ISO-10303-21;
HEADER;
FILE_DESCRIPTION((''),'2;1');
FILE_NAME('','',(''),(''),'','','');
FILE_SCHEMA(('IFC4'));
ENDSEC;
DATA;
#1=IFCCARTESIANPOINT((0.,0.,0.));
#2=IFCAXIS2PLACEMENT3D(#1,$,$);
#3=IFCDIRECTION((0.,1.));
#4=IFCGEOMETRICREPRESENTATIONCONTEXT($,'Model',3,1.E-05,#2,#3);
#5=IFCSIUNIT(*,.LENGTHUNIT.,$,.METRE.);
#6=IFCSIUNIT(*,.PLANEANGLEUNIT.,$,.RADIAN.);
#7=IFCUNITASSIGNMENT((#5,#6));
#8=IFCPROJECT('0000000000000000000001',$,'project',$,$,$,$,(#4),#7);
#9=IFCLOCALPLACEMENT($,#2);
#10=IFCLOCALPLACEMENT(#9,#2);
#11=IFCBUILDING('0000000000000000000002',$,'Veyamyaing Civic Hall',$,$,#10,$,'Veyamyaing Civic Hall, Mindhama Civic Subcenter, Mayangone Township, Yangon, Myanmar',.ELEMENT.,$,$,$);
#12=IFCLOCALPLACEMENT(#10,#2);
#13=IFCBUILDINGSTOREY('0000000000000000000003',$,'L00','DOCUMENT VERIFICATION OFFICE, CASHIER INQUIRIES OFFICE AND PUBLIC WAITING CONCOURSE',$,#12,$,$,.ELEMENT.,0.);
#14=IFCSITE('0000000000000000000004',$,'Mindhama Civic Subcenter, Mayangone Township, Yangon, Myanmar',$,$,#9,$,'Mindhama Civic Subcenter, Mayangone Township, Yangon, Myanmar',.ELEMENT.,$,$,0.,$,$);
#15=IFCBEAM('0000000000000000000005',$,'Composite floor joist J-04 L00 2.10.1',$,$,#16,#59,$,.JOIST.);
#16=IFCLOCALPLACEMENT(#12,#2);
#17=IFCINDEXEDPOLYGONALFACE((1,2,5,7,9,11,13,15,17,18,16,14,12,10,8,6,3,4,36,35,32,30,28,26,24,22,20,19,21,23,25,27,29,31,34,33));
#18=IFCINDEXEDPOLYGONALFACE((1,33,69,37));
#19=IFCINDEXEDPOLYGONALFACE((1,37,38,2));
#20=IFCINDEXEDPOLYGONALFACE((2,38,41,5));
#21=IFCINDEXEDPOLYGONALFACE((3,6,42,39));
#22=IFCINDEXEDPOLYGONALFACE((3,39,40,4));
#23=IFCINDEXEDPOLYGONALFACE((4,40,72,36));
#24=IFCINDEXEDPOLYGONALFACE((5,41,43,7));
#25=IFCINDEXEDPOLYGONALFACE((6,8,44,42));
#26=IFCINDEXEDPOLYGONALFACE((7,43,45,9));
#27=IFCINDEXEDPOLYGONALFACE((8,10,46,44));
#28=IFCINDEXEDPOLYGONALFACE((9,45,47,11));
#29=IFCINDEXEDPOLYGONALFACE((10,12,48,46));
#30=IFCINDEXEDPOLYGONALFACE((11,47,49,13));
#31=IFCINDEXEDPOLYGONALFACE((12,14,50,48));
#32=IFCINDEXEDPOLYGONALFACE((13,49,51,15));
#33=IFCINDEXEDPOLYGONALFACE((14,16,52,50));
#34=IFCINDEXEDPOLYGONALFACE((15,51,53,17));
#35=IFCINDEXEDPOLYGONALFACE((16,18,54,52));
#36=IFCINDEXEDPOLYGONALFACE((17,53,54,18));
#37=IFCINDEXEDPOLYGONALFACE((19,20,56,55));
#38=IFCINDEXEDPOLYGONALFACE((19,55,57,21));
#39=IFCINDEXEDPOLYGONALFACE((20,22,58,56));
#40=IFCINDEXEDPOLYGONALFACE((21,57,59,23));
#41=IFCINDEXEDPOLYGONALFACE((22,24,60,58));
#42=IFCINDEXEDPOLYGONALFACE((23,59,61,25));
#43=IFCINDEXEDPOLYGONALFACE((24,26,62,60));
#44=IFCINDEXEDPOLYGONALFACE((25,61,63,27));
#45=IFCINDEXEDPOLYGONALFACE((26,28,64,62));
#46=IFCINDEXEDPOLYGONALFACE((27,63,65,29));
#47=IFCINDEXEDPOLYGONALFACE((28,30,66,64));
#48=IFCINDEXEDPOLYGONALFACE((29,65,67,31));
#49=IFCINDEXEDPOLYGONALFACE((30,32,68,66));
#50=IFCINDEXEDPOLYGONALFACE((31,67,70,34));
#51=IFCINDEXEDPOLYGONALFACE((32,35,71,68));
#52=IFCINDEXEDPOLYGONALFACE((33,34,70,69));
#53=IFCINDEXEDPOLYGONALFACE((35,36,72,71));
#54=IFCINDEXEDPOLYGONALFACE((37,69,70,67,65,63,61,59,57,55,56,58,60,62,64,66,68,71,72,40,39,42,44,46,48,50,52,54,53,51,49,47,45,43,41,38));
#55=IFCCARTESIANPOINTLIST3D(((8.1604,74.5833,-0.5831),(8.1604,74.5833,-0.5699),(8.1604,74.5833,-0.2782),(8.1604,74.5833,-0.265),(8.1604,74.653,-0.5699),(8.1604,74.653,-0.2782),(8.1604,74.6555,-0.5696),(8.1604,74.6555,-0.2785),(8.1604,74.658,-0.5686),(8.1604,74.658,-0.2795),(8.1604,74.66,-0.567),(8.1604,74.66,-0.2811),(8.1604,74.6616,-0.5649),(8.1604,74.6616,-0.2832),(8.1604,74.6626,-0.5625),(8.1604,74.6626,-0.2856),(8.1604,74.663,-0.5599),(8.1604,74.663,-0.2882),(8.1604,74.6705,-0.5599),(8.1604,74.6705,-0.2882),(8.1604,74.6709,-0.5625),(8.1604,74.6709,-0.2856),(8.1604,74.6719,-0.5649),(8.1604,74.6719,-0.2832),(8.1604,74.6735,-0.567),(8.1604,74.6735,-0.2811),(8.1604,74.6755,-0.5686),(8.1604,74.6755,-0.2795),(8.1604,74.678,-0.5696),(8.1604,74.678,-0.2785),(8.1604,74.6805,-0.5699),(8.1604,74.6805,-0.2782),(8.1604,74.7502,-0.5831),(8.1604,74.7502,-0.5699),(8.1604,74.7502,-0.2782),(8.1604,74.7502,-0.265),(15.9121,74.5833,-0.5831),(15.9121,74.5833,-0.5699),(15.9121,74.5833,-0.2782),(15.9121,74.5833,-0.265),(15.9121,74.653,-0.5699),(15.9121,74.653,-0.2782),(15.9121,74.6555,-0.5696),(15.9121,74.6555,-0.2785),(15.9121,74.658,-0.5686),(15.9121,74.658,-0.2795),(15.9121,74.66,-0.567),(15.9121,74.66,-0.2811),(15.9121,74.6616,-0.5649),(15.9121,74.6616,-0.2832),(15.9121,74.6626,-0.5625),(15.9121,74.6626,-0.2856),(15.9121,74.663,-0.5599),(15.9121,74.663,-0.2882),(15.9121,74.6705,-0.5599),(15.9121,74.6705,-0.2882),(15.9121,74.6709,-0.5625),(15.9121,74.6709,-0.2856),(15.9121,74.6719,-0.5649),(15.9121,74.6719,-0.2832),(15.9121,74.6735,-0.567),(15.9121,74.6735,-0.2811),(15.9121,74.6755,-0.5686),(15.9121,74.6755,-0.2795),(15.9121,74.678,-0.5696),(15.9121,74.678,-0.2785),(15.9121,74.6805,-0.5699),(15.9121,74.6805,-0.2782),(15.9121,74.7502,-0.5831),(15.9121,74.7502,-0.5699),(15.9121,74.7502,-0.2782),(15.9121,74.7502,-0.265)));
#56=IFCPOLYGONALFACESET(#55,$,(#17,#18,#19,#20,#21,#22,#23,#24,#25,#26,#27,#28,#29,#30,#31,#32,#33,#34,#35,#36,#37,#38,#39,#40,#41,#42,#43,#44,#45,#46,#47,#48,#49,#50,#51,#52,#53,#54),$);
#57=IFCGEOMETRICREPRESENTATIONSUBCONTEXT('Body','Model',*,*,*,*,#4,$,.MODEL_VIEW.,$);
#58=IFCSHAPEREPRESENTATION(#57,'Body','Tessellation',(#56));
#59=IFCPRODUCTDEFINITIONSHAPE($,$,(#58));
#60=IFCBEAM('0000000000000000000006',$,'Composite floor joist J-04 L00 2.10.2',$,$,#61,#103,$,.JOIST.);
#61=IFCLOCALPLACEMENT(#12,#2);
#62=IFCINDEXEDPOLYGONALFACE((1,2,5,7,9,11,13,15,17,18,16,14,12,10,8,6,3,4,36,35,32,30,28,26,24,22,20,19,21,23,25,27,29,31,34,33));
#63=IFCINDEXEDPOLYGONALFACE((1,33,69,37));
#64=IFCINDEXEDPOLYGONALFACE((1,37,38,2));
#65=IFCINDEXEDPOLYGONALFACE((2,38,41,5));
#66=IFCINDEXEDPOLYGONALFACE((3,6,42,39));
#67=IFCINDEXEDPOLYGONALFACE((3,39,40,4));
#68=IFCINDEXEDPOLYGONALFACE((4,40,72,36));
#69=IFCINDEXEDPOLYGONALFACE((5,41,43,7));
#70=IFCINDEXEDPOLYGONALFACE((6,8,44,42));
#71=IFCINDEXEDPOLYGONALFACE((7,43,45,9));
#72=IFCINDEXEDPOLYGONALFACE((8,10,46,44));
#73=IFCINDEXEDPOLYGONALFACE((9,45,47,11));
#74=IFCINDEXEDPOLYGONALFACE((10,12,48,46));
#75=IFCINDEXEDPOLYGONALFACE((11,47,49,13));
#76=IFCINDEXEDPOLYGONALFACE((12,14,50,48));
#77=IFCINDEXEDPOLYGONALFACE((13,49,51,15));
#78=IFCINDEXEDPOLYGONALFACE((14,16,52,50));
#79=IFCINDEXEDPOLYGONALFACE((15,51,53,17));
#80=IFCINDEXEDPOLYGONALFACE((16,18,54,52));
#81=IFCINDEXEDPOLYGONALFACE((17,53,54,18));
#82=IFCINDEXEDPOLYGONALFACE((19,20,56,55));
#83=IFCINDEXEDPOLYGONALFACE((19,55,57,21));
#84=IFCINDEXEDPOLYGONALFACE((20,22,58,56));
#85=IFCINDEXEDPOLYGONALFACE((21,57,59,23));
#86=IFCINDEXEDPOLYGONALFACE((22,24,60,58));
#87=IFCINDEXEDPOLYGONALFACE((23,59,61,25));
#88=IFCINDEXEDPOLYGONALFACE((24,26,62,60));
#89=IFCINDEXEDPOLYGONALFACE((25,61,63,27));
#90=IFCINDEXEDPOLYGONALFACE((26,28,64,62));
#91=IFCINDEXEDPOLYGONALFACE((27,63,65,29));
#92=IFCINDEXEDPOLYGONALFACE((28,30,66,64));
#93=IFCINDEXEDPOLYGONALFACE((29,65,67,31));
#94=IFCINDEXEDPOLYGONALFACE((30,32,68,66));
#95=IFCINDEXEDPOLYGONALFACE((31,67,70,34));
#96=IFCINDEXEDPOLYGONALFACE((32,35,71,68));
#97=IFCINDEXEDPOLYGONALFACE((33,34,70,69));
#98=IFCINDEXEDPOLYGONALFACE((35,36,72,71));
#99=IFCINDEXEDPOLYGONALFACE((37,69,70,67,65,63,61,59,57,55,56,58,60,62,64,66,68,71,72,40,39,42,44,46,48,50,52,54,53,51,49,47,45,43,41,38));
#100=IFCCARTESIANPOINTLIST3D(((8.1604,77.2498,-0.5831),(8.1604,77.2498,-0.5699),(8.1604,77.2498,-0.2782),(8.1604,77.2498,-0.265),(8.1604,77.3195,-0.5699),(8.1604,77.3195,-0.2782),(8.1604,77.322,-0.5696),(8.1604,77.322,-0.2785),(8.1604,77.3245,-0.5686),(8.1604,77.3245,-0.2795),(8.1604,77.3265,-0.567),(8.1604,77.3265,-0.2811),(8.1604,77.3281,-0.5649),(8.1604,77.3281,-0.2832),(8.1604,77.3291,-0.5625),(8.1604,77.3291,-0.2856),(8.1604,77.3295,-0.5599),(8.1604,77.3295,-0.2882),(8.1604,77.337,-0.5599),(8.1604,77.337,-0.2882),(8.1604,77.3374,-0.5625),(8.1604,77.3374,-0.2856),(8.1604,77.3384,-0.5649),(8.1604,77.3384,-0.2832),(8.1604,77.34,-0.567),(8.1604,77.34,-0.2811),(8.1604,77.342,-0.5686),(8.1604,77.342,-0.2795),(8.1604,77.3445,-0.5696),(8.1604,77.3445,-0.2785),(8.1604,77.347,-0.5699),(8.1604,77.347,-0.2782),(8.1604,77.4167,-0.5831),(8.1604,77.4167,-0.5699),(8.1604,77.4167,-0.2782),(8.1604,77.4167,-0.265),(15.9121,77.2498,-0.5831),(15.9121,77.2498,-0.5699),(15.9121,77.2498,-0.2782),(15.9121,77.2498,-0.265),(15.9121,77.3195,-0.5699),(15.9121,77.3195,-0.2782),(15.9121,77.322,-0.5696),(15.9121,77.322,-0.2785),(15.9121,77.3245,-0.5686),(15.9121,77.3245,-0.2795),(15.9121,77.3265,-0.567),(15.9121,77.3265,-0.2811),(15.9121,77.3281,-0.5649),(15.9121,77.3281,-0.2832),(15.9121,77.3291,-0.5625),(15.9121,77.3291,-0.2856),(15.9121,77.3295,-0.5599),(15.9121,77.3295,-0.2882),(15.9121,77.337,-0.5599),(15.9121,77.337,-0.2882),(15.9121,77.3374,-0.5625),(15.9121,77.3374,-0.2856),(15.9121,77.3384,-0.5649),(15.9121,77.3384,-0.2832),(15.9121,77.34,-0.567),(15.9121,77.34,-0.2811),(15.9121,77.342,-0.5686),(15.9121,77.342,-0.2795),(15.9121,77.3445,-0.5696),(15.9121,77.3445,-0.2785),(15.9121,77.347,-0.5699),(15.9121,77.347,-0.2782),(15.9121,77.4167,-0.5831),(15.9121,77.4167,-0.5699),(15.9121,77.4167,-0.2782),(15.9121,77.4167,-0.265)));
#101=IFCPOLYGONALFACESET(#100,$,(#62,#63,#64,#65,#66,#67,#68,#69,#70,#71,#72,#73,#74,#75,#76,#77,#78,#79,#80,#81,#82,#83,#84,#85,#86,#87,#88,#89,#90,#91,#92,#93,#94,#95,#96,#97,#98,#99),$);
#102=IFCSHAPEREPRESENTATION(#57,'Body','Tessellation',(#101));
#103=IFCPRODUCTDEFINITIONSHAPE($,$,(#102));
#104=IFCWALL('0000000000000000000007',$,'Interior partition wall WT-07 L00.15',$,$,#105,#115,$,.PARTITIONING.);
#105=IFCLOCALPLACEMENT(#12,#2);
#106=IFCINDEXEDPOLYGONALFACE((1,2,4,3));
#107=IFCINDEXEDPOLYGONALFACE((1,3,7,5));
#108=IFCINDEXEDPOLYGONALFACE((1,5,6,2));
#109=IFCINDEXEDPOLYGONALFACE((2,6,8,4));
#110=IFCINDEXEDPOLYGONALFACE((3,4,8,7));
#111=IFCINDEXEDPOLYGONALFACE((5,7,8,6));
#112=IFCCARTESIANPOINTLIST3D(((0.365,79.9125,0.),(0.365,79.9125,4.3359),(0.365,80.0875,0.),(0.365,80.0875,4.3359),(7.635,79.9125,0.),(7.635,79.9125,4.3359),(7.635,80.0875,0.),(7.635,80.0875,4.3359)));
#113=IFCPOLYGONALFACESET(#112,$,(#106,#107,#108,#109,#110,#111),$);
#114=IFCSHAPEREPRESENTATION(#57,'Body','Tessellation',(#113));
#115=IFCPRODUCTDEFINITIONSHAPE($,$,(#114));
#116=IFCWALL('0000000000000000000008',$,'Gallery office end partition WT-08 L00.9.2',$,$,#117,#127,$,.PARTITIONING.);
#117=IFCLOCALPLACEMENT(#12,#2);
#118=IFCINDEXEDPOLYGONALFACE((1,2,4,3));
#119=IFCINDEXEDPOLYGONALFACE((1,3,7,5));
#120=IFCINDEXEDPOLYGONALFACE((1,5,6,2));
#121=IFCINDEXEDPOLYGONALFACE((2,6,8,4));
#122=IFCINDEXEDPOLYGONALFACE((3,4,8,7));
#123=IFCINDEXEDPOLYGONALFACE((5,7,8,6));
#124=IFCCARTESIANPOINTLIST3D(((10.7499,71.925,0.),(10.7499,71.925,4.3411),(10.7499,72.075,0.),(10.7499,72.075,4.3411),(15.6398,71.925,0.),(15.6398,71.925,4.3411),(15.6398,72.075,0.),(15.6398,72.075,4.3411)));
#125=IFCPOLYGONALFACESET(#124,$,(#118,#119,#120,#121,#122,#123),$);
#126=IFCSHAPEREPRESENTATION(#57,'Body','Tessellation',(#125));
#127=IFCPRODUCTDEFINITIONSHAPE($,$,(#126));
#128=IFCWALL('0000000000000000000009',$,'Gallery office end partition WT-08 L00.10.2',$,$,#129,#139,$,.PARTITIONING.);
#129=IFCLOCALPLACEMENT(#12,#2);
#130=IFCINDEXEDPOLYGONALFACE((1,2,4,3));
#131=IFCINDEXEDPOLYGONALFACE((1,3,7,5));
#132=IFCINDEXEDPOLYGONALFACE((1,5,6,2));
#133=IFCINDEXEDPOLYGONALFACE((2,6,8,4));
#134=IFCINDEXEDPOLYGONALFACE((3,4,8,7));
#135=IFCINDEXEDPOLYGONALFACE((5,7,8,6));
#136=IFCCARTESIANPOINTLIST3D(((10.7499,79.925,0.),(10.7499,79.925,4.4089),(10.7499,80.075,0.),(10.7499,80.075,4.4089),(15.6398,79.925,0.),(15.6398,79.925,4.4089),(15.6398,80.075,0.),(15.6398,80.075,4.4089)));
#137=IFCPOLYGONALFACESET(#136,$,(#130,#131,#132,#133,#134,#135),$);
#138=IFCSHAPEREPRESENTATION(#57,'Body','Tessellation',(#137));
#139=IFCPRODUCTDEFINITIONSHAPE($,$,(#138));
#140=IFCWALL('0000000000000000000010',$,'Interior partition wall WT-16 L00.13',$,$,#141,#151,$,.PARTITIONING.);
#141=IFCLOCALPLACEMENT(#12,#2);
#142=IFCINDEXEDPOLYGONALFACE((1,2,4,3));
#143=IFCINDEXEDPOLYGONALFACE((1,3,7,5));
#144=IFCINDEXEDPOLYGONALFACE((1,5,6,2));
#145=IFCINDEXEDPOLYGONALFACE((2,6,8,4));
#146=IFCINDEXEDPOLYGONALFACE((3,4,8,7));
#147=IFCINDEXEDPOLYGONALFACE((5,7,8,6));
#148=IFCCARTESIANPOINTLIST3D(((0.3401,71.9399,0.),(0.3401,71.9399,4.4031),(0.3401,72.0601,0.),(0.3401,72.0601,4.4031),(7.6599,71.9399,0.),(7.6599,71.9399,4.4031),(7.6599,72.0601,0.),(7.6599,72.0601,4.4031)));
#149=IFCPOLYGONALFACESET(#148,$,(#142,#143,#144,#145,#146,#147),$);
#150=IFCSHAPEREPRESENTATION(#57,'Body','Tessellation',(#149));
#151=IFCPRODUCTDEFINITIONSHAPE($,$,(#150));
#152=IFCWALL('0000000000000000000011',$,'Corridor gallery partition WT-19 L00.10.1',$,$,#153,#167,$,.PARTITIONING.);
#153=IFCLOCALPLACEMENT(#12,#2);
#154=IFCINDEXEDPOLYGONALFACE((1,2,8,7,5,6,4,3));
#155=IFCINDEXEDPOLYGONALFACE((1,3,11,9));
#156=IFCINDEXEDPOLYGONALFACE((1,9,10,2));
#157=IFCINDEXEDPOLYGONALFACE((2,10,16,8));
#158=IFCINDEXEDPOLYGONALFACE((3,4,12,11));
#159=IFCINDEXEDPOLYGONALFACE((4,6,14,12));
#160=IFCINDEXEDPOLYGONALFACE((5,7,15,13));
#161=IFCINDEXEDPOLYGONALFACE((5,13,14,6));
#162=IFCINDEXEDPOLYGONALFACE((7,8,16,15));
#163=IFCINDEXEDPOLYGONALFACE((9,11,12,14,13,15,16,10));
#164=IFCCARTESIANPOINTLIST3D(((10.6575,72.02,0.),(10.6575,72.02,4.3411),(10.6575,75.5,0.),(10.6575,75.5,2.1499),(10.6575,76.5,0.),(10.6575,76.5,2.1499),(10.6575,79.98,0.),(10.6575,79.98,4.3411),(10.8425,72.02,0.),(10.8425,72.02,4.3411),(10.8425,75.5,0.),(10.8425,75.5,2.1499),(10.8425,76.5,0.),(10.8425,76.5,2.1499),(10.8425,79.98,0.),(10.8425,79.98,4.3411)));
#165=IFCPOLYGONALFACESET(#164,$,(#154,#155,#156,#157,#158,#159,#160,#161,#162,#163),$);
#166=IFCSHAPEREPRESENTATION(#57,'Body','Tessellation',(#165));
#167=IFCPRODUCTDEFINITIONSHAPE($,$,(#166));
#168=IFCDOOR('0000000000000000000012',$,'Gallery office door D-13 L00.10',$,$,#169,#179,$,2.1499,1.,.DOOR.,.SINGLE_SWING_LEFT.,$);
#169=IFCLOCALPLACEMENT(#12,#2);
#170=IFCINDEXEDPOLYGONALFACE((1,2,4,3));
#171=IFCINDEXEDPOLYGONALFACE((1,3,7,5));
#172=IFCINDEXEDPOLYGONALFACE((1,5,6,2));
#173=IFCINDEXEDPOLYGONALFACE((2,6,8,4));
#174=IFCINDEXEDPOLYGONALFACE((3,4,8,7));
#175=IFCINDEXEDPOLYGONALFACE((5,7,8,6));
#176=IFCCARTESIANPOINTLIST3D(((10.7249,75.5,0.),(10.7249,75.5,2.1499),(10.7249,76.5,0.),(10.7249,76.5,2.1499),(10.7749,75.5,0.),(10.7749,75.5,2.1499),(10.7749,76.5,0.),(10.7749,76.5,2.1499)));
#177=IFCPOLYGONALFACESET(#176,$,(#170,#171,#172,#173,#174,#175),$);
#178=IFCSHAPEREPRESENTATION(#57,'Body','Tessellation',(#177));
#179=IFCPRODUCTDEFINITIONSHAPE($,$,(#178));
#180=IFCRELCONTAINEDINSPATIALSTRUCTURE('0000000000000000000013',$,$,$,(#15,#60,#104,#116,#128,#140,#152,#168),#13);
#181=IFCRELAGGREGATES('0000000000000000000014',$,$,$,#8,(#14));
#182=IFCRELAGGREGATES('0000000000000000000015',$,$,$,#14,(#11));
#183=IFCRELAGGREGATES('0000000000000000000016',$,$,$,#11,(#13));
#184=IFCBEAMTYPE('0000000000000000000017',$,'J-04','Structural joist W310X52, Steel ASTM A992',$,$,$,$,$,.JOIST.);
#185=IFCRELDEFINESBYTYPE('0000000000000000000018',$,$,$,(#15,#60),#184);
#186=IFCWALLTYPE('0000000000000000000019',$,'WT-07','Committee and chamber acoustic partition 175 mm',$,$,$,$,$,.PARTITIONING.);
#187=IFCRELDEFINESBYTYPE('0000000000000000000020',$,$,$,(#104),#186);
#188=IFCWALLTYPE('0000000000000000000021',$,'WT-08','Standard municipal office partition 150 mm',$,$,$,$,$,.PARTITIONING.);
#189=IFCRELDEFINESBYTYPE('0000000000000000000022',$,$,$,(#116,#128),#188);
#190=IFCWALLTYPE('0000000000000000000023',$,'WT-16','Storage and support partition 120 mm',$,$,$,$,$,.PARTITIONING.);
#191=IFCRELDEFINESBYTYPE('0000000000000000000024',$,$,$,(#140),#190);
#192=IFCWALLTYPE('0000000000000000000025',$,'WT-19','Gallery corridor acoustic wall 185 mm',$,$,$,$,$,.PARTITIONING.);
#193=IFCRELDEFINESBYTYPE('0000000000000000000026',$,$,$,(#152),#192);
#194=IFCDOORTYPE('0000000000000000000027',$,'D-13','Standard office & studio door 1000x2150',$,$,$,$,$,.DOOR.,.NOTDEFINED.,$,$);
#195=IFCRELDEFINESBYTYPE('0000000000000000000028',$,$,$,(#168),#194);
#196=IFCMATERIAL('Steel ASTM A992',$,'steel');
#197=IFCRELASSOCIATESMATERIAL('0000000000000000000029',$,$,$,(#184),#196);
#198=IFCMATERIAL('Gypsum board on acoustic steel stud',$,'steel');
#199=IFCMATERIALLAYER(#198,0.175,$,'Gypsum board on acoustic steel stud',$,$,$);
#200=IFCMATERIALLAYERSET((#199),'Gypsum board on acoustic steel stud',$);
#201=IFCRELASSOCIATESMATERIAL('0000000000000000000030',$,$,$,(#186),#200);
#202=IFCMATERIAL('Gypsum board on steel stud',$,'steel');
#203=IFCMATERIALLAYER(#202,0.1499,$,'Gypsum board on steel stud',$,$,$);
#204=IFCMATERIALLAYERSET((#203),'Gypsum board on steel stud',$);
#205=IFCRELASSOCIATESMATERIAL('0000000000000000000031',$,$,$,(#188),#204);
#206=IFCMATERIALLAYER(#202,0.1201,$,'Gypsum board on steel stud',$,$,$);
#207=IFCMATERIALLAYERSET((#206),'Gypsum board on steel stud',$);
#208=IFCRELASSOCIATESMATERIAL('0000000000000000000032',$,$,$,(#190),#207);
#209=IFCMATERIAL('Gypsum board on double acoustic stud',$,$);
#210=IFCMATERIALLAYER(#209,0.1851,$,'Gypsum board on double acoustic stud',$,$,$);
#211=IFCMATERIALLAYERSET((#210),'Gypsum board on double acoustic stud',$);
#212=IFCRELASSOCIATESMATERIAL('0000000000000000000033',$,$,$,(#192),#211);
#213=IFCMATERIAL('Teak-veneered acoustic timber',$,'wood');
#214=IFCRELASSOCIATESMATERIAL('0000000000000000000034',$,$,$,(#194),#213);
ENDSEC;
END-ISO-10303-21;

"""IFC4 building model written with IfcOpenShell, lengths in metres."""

from ifc_helpers import new_model, si_unit, direction, frame, frame_2d, origin, origin_2d, place, context, subcontext, project, spatial, rectangle, i_section, extrude, material, layer, layer_set, material_profile, profile_set, type_object, element, fill, save


model = new_model("IFC4")

# Units and contexts
model_context = context("Model", 3, precision=1e-05, world=origin(), true_north=direction((0.0, 1.0)))
body_context = subcontext(model_context, "Body", "Model", "MODEL_VIEW")
ifc_project = project(units=[si_unit("LENGTHUNIT", "METRE"), si_unit("PLANEANGLEUNIT", "RADIAN")], contexts=[model_context])

# Site, building, storey
site_placement = place(None, origin())
site = spatial("IfcSite", under=ifc_project, at=site_placement, Name="Mindhama Civic Subcenter, Mayangone Township, Yangon, Myanmar", LongName="Mindhama Civic Subcenter, Mayangone Township, Yangon, Myanmar", CompositionType="ELEMENT", RefElevation=0.0)
building_placement = place(site_placement, origin())
building = spatial("IfcBuilding", under=site, at=building_placement, Name="Veyamyaing Civic Hall", LongName="Veyamyaing Civic Hall, Mindhama Civic Subcenter, Mayangone Township, Yangon, Myanmar", CompositionType="ELEMENT")
storey_placement = place(building_placement, origin())
storey = spatial("IfcBuildingStorey", under=building, at=storey_placement, Name="L00", Description="DOCUMENT VERIFICATION OFFICE, CASHIER INQUIRIES OFFICE AND PUBLIC WAITING CONCOURSE", CompositionType="ELEMENT", Elevation=0.0)

# Beams
ifc_material_1 = material(Name="Steel ASTM A992", Category="steel")
ifc_material_profile_1 = material_profile(ifc_material_1, i_section(OverallWidth=0.167, OverallDepth=0.3181, WebThickness=0.0076, FlangeThickness=0.0132, FilletRadius=0.01, at=origin_2d()), Name="W310X52")
ifc_profile_set_1 = profile_set([ifc_material_profile_1], Name="Steel ASTM A992")
beam_type_1 = type_object("IfcBeamType", Name="J-04", Description="Structural joist W310X52, Steel ASTM A992", PredefinedType="JOIST", material=ifc_profile_set_1)
for number, where, z_axis, x_axis, name in (
    (1, (8.1604, 74.6667, -0.4241), (1.0, 0.0, 0.0), (0.0, 1.0, 0.0), "Composite floor joist J-04 L00 2.10.1"),
    (2, (8.1604, 77.3333, -0.4241), (1.0, 0.0, 0.0), (0.0, 1.0, 0.0), "Composite floor joist J-04 L00 2.10.2"),
):
    element("IfcBeam", number, at=place(storey_placement, frame(where, z_axis=z_axis, x_axis=x_axis)), inside=storey, type_object=beam_type_1, Name=name, PredefinedType="JOIST", context=body_context, shape_type="SweptSolid", body=[
        extrude(i_section(OverallWidth=0.167, OverallDepth=0.3181, WebThickness=0.0076, FlangeThickness=0.0132, FilletRadius=0.01, at=origin_2d()), origin(), (0.0, 0.0, 1.0), 7.7517),
    ])

# Walls
ifc_material_2 = material(Name="Gypsum board on acoustic steel stud", Category="steel")
ifc_layer_1 = layer(ifc_material_2, 0.175, Name="Gypsum board on acoustic steel stud")
ifc_layer_set_1 = layer_set([ifc_layer_1], Name="Gypsum board on acoustic steel stud")
wall_type_1 = type_object("IfcWallType", Name="WT-07", Description="Committee and chamber acoustic partition 175 mm", PredefinedType="PARTITIONING", material=ifc_layer_set_1)
wall_1_placement = place(storey_placement, frame((0.365, 80.0, 0.0), z_axis=(0.0, 0.0, 1.0), x_axis=(1.0, 0.0, 0.0)))
element("IfcWall", 3, at=wall_1_placement, inside=storey, type_object=wall_type_1, Name="Interior partition wall WT-07 L00.15", PredefinedType="PARTITIONING", context=body_context, shape_type="SweptSolid", body=[
    extrude(rectangle(XDim=7.27, YDim=0.175, at=frame_2d((3.635, 0.0))), origin(), (0.0, 0.0, 1.0), 4.3359),
])
ifc_material_3 = material(Name="Gypsum board on steel stud", Category="steel")
ifc_layer_2 = layer(ifc_material_3, 0.1499, Name="Gypsum board on steel stud")
ifc_layer_set_2 = layer_set([ifc_layer_2], Name="Gypsum board on steel stud")
wall_type_2 = type_object("IfcWallType", Name="WT-08", Description="Standard municipal office partition 150 mm", PredefinedType="PARTITIONING", material=ifc_layer_set_2)
wall_2_placement = place(storey_placement, frame((10.75, 72.0, 0.0), z_axis=(0.0, 0.0, 1.0), x_axis=(1.0, 0.0, 0.0)))
element("IfcWall", 4, at=wall_2_placement, inside=storey, type_object=wall_type_2, Name="Gallery office end partition WT-08 L00.9.2", PredefinedType="PARTITIONING", context=body_context, shape_type="SweptSolid", body=[
    extrude(rectangle(XDim=4.8899, YDim=0.1499, at=frame_2d((2.4448, 0.0))), origin(), (0.0, 0.0, 1.0), 4.3411),
])
wall_3_placement = place(storey_placement, frame((10.75, 80.0, 0.0), z_axis=(0.0, 0.0, 1.0), x_axis=(1.0, 0.0, 0.0)))
element("IfcWall", 5, at=wall_3_placement, inside=storey, type_object=wall_type_2, Name="Gallery office end partition WT-08 L00.10.2", PredefinedType="PARTITIONING", context=body_context, shape_type="SweptSolid", body=[
    extrude(rectangle(XDim=4.8899, YDim=0.1499, at=frame_2d((2.4448, 0.0))), origin(), (0.0, 0.0, 1.0), 4.4089),
])
ifc_layer_3 = layer(ifc_material_3, 0.1201, Name="Gypsum board on steel stud")
ifc_layer_set_3 = layer_set([ifc_layer_3], Name="Gypsum board on steel stud")
wall_type_3 = type_object("IfcWallType", Name="WT-16", Description="Storage and support partition 120 mm", PredefinedType="PARTITIONING", material=ifc_layer_set_3)
wall_4_placement = place(storey_placement, frame((0.3401, 72.0, 0.0), z_axis=(0.0, 0.0, 1.0), x_axis=(1.0, 0.0, 0.0)))
element("IfcWall", 6, at=wall_4_placement, inside=storey, type_object=wall_type_3, Name="Interior partition wall WT-16 L00.13", PredefinedType="PARTITIONING", context=body_context, shape_type="SweptSolid", body=[
    extrude(rectangle(XDim=7.3198, YDim=0.1201, at=frame_2d((3.6599, 0.0))), origin(), (0.0, 0.0, 1.0), 4.4031),
])

# Wall, opening, door
ifc_material_4 = material(Name="Gypsum board on double acoustic stud")
ifc_layer_4 = layer(ifc_material_4, 0.1851, Name="Gypsum board on double acoustic stud")
ifc_layer_set_4 = layer_set([ifc_layer_4], Name="Gypsum board on double acoustic stud")
wall_type_4 = type_object("IfcWallType", Name="WT-19", Description="Gallery corridor acoustic wall 185 mm", PredefinedType="PARTITIONING", material=ifc_layer_set_4)
wall_5_placement = place(storey_placement, frame((10.75, 72.02, 0.0), z_axis=(0.0, 0.0, 1.0), x_axis=(0.0, 1.0, 0.0)))
wall_5 = element("IfcWall", 7, at=wall_5_placement, inside=storey, type_object=wall_type_4, Name="Corridor gallery partition WT-19 L00.10.1", PredefinedType="PARTITIONING", context=body_context, shape_type="SweptSolid", body=[
    extrude(rectangle(XDim=7.96, YDim=0.1851, at=frame_2d((3.98, 0.0))), origin(), (0.0, 0.0, 1.0), 4.3411),
])
opening_1_placement = place(wall_5_placement, frame((3.48, 0.0, 0.0)))
opening_1 = element("IfcOpeningElement", 8, at=opening_1_placement, cuts=wall_5, PredefinedType="OPENING", context=body_context, shape_type="SweptSolid", body=[
    extrude(rectangle(XDim=1.0, YDim=2.1499, at=frame_2d((0.5, 1.075))), frame((0.0, 0.1025, 0.0), z_axis=(0.0, -1.0, 0.0), x_axis=(1.0, 0.0, 0.0)), (0.0, 0.0, 1.0), 0.2051),
])
ifc_material_5 = material(Name="Teak-veneered acoustic timber", Category="wood")
door_type_1 = type_object("IfcDoorType", Name="D-13", Description="Standard office & studio door 1000x2150", OperationType="NOTDEFINED", PredefinedType="DOOR", material=ifc_material_5)
door_1_placement = place(opening_1_placement, frame((1.0, 0.0, 0.0), z_axis=(0.0, 0.0, 1.0), x_axis=(-1.0, 0.0, 0.0)))
door_1 = element("IfcDoor", 9, at=door_1_placement, inside=storey, type_object=door_type_1, Name="Gallery office door D-13 L00.10", OperationType="SINGLE_SWING_LEFT", OverallHeight=2.1499, OverallWidth=1.0, PredefinedType="DOOR", context=body_context, shape_type="SweptSolid", body=[
    extrude(rectangle(XDim=1.0, YDim=2.1499, at=frame_2d((0.5, 1.075))), frame((0.0, 0.0249, 0.0), z_axis=(0.0, -1.0, 0.0), x_axis=(1.0, 0.0, 0.0)), (0.0, 0.0, 1.0), 0.05),
])
fill(opening_1, door_1)

save(model, "model.ifc")
